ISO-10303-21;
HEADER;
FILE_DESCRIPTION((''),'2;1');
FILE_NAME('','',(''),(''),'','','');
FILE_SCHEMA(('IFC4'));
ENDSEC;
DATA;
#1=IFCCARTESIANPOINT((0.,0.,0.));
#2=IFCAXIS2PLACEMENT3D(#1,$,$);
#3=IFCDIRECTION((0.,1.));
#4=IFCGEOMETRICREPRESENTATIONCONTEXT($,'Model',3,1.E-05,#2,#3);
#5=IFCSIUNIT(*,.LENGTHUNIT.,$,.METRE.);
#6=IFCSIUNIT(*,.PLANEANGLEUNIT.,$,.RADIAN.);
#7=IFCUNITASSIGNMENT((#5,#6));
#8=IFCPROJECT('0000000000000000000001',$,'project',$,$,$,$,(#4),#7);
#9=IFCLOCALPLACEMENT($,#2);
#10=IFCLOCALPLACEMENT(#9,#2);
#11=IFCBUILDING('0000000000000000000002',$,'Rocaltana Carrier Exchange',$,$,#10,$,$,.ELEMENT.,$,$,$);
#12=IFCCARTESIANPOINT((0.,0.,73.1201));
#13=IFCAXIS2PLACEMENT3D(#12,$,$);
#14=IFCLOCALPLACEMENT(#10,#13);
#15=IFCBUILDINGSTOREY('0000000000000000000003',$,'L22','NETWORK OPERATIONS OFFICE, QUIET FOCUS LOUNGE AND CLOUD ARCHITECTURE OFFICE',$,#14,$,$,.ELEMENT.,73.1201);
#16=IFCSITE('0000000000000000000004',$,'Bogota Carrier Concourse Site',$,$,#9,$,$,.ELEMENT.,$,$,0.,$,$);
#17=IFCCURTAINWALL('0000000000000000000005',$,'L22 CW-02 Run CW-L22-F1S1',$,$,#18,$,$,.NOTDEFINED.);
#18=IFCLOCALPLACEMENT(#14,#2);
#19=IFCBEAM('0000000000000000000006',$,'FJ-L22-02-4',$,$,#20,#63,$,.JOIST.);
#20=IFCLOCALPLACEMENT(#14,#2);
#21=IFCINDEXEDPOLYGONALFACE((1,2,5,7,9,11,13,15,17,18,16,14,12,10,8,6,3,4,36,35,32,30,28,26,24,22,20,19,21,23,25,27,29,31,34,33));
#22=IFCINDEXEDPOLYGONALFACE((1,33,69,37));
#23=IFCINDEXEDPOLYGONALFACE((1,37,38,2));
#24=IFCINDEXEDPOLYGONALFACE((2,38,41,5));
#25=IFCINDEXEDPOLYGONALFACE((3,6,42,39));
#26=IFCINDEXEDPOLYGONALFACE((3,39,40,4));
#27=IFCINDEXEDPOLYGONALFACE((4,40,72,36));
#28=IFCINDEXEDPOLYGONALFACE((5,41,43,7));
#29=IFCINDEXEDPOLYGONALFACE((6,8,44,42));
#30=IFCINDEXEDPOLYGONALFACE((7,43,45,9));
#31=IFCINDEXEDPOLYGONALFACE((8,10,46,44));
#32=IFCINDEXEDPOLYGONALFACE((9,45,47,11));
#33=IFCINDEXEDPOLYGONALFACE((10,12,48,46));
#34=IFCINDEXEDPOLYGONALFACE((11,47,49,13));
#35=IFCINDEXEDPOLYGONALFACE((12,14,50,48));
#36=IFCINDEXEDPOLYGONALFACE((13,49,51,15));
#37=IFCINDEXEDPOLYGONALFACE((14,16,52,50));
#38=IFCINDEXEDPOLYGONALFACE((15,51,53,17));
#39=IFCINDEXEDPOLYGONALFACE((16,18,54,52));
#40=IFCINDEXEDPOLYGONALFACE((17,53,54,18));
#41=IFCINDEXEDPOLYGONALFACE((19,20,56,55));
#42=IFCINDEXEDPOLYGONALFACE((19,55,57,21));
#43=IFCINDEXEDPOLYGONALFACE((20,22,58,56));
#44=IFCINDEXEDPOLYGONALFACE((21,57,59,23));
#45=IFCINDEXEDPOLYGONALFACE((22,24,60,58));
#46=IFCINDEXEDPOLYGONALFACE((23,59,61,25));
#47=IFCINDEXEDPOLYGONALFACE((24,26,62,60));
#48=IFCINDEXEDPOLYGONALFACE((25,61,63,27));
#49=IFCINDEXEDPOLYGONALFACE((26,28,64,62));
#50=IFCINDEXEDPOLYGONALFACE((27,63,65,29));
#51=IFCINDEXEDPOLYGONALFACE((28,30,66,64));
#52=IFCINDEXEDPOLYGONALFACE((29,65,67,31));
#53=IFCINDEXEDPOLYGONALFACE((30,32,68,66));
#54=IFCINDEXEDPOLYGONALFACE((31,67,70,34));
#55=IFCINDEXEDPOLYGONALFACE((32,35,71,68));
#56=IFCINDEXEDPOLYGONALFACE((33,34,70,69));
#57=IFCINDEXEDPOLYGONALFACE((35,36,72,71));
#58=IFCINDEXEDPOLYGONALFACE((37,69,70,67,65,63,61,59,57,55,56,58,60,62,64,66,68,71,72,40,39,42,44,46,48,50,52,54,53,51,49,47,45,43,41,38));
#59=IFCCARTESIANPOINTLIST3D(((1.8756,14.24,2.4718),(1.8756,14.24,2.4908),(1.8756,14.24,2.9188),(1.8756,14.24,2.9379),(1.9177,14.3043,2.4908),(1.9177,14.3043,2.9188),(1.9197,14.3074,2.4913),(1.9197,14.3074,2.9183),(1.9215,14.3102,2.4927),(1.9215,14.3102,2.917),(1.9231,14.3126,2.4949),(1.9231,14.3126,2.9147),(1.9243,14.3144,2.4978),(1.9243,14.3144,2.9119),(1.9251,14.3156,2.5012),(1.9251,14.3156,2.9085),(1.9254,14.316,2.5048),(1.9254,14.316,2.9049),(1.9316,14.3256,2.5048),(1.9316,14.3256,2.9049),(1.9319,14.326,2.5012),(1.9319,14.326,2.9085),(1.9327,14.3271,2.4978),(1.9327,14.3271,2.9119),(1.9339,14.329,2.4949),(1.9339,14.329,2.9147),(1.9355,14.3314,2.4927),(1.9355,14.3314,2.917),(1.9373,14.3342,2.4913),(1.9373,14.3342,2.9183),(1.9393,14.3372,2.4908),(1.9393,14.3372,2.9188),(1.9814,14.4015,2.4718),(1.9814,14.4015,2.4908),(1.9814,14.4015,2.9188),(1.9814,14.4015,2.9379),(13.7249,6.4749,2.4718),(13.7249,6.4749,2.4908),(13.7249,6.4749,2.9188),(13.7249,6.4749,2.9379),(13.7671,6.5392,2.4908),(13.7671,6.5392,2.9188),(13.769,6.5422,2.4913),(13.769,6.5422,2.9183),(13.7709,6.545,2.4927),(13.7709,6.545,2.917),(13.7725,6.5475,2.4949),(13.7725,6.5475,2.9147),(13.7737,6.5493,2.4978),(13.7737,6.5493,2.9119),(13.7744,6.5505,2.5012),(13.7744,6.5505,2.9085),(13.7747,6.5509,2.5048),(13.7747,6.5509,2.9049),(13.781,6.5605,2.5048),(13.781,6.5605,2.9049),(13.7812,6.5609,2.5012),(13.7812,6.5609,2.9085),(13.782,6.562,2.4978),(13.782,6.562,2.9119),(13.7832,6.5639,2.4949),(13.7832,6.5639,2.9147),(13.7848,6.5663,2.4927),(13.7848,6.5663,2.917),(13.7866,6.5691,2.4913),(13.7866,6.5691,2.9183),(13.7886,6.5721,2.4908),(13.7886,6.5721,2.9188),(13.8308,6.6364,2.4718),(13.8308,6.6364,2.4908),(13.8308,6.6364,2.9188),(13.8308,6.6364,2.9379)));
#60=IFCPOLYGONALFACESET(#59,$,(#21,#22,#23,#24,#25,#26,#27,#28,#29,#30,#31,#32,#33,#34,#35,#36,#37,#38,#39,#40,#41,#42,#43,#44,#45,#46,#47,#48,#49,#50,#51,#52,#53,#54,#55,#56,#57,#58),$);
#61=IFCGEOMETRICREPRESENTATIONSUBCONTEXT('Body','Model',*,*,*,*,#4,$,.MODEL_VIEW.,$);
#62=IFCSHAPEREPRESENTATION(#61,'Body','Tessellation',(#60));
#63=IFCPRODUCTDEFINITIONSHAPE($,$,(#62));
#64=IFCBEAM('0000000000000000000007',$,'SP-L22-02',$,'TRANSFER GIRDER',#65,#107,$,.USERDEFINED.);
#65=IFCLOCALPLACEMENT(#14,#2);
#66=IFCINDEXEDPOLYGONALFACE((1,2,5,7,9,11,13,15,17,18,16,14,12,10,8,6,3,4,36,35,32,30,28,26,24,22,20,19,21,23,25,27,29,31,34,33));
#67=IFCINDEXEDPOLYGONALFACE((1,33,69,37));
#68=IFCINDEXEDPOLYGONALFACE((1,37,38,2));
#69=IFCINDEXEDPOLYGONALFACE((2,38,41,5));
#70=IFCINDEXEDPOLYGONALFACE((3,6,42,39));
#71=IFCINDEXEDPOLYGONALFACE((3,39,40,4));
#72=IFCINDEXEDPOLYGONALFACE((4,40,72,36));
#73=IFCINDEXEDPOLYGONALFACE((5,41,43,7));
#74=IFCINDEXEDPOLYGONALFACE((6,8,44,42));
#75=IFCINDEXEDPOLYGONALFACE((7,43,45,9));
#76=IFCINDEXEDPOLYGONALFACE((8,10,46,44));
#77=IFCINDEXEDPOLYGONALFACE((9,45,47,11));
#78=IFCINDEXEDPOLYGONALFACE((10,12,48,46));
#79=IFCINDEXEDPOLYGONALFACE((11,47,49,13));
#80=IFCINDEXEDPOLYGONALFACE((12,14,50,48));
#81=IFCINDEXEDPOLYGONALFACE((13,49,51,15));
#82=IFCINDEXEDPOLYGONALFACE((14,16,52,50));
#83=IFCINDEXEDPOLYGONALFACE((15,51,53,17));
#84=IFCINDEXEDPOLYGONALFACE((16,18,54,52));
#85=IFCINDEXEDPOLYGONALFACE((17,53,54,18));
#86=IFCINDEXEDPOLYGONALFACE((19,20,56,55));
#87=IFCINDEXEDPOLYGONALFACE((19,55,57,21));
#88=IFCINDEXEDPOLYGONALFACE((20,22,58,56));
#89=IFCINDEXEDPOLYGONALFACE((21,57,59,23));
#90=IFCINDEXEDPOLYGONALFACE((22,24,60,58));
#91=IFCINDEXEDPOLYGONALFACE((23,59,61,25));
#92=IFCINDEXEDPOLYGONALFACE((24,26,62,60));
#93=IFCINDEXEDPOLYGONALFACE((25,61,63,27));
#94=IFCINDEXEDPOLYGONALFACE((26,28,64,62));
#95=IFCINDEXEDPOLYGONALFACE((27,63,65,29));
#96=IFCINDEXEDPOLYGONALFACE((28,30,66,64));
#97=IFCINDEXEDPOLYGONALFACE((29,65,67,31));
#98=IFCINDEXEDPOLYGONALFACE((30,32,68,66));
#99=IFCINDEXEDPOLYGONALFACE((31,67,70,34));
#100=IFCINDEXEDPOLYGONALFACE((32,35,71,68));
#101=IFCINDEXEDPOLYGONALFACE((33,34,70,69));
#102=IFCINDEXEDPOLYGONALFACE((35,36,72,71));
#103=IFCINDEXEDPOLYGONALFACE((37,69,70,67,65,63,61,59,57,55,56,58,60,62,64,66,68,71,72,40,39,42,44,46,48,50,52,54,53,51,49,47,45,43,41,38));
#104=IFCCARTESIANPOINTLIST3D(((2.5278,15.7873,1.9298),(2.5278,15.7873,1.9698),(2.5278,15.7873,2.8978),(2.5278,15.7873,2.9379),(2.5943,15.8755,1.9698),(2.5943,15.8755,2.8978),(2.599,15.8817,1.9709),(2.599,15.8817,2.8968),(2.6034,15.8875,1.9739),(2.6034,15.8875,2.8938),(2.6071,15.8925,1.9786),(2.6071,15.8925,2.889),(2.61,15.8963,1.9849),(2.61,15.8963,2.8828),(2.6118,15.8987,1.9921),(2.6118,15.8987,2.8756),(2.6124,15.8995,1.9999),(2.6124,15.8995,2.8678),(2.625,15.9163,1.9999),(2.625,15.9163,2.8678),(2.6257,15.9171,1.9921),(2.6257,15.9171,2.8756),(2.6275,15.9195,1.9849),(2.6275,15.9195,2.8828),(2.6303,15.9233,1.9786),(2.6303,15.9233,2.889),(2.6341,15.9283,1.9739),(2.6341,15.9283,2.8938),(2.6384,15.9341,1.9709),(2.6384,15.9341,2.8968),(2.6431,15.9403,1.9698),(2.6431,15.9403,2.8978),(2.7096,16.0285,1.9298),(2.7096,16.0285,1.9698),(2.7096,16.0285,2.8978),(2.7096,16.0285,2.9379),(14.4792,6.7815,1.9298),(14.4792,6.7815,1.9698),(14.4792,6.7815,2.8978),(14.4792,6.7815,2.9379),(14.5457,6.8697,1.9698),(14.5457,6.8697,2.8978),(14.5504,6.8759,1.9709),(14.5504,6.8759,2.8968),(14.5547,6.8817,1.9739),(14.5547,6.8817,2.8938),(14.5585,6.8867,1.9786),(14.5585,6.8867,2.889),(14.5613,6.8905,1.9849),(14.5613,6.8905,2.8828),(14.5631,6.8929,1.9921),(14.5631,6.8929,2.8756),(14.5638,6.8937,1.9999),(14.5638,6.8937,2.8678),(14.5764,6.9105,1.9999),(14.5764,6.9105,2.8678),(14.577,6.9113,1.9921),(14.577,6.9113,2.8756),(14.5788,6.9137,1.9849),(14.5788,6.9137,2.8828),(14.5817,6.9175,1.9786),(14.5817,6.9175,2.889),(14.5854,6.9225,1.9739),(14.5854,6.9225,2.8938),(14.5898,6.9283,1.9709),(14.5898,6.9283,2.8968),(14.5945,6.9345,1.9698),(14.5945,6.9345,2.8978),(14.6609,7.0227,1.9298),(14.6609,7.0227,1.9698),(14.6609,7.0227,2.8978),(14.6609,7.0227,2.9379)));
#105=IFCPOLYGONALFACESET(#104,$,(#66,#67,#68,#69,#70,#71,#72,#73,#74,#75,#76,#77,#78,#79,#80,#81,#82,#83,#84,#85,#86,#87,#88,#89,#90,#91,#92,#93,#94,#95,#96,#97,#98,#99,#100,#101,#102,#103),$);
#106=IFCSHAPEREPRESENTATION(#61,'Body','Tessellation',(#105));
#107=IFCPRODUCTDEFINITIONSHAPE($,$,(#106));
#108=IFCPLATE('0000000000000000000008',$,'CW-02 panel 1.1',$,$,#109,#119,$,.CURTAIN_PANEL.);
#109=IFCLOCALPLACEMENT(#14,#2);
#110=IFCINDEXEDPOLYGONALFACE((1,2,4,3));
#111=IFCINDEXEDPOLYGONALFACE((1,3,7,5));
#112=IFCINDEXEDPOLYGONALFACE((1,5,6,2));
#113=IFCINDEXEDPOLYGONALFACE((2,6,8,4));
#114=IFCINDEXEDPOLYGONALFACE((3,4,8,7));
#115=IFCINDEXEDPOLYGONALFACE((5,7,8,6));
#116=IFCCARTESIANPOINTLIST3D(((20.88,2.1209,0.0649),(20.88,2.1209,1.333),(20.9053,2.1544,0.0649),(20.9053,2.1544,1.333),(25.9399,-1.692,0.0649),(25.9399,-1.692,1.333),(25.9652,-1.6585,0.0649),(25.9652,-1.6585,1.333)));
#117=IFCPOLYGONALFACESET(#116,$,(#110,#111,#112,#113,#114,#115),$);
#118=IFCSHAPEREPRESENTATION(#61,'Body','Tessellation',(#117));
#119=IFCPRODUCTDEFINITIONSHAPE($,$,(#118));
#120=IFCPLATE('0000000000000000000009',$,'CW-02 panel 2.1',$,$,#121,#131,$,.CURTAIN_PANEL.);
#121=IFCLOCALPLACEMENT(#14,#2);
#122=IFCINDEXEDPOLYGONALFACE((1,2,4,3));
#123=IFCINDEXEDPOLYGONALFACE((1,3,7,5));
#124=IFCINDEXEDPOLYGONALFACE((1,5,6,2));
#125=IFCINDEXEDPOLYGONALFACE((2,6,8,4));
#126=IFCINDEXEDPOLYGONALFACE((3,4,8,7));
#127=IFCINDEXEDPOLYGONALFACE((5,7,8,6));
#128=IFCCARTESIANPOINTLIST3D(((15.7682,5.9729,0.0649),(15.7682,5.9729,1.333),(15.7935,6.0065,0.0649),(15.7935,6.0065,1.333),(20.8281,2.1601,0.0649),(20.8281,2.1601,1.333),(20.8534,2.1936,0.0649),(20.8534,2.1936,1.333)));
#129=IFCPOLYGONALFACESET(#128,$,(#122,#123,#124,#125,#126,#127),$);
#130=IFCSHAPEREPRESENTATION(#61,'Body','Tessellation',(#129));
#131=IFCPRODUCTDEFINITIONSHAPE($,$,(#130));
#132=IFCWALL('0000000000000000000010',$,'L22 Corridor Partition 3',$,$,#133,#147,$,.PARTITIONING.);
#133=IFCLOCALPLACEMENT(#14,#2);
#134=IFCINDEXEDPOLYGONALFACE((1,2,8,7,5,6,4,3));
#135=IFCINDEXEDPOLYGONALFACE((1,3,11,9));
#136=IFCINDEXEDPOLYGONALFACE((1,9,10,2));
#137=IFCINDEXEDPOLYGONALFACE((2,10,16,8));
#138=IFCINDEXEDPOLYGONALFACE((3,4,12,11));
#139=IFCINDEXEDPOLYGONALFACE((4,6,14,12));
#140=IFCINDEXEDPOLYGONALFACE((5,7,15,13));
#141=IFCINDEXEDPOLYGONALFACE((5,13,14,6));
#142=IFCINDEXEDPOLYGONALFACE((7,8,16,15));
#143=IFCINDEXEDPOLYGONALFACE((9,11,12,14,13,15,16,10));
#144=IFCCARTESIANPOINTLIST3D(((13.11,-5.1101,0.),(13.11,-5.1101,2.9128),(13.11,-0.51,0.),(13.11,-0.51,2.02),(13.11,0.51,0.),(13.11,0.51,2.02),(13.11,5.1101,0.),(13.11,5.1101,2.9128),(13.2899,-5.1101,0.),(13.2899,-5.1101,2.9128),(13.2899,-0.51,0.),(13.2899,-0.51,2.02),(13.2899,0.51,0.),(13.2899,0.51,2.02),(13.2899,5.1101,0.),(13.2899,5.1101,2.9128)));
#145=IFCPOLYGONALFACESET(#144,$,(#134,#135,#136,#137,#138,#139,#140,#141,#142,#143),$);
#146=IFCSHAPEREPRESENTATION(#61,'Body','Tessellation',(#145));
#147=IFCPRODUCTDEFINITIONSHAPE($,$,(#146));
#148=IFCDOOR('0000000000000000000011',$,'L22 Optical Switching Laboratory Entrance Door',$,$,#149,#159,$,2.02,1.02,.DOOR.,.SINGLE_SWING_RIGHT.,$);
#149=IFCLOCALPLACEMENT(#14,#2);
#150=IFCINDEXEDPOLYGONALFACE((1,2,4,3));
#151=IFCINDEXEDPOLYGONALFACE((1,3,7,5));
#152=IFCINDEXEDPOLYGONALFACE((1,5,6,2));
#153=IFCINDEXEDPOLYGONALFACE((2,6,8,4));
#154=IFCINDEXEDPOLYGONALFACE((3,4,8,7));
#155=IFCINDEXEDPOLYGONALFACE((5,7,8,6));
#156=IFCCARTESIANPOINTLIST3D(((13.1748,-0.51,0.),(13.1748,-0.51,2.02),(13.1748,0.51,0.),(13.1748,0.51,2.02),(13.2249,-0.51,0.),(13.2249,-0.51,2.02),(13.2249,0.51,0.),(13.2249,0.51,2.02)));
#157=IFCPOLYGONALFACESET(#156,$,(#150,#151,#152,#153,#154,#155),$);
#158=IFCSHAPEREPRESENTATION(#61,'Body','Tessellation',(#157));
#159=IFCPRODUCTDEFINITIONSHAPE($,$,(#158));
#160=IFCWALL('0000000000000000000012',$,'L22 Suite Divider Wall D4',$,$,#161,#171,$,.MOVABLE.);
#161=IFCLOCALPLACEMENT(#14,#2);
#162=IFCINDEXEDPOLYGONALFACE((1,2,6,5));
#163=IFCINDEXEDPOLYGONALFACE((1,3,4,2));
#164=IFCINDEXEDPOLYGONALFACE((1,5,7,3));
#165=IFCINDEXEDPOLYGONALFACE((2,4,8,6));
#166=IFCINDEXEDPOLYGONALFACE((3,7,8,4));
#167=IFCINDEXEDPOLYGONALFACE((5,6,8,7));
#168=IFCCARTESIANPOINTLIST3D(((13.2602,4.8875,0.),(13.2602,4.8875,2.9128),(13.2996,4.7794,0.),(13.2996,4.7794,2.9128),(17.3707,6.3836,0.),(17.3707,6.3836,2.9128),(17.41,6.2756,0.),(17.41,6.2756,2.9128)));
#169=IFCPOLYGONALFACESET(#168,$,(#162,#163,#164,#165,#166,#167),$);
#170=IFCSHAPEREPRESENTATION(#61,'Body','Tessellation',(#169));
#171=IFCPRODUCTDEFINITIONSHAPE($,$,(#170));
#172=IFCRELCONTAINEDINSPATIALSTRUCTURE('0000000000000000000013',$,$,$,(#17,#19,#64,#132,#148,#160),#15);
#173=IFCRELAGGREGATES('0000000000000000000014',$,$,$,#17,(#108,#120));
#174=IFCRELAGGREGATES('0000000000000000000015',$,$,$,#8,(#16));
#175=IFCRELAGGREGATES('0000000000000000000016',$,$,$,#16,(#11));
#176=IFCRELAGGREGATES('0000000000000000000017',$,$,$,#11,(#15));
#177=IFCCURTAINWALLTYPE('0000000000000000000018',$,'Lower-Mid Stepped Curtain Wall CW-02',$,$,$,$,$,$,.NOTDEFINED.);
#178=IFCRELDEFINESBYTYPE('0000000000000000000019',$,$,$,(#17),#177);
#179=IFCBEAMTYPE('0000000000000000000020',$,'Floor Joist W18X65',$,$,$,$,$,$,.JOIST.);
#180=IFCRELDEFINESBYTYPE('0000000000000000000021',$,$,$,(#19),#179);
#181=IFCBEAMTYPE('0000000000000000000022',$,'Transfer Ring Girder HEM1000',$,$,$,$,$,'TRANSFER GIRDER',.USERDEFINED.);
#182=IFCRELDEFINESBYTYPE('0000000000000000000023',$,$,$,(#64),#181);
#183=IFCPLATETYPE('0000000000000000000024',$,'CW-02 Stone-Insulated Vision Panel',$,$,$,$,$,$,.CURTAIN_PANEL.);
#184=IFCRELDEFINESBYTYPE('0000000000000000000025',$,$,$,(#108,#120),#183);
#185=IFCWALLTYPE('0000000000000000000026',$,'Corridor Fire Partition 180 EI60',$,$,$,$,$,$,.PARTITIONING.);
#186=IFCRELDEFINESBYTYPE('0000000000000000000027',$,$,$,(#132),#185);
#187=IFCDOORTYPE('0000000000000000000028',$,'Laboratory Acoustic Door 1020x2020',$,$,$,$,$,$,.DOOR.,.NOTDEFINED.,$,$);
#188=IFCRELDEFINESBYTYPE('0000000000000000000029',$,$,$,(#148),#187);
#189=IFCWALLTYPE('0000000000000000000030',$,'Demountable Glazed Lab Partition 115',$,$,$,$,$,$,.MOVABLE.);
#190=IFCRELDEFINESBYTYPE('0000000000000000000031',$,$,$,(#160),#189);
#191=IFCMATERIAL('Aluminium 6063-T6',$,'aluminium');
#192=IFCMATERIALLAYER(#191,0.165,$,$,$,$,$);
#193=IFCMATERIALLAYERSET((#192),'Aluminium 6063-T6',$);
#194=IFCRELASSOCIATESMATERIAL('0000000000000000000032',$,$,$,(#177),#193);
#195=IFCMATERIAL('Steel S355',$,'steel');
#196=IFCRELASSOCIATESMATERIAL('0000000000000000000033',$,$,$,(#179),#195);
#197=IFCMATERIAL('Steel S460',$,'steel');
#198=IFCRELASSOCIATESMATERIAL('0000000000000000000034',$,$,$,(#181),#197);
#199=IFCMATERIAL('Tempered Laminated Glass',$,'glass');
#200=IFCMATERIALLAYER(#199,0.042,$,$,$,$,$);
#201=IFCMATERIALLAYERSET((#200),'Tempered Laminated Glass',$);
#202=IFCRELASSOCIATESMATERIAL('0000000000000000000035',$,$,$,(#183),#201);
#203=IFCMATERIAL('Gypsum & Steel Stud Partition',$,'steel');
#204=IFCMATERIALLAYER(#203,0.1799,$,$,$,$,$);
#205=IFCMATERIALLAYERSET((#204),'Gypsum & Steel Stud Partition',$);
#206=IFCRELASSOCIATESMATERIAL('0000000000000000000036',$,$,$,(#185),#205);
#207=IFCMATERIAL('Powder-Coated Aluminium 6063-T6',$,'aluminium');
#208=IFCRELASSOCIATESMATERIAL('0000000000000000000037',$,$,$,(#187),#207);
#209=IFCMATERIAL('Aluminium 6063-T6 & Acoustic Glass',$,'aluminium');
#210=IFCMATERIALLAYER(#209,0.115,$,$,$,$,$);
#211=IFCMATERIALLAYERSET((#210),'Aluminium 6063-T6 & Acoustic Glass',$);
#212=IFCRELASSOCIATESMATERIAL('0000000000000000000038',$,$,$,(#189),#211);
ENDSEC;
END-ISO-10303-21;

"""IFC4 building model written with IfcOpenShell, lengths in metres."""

from ifc_helpers import new_model, si_unit, direction, frame, frame_2d, origin, origin_2d, place, context, subcontext, project, spatial, rectangle, i_section, extrude, material, layer, layer_set, material_profile, profile_set, type_object, element, fill, aggregate, save


model = new_model("IFC4")

# Units and contexts
model_context = context("Model", 3, precision=1e-05, world=origin(), true_north=direction((0.0, 1.0)))
body_context = subcontext(model_context, "Body", "Model", "MODEL_VIEW")
ifc_project = project(units=[si_unit("LENGTHUNIT", "METRE"), si_unit("PLANEANGLEUNIT", "RADIAN")], contexts=[model_context])

# Site, building, storey
site_placement = place(None, origin())
site = spatial("IfcSite", under=ifc_project, at=site_placement, Name="Bogota Carrier Concourse Site", CompositionType="ELEMENT", RefElevation=0.0)
building_placement = place(site_placement, origin())
building = spatial("IfcBuilding", under=site, at=building_placement, Name="Rocaltana Carrier Exchange", CompositionType="ELEMENT")
storey_placement = place(building_placement, frame((0.0, 0.0, 73.1201)))
storey = spatial("IfcBuildingStorey", under=building, at=storey_placement, Name="L22", Description="NETWORK OPERATIONS OFFICE, QUIET FOCUS LOUNGE AND CLOUD ARCHITECTURE OFFICE", CompositionType="ELEMENT", Elevation=73.1201)

# Curtain wall
ifc_material_1 = material(Name="Aluminium 6063-T6", Category="aluminium")
ifc_layer_1 = layer(ifc_material_1, 0.165)
ifc_layer_set_1 = layer_set([ifc_layer_1], Name="Aluminium 6063-T6")
curtain_wall_type = type_object("IfcCurtainWallType", Name="Lower-Mid Stepped Curtain Wall CW-02", PredefinedType="NOTDEFINED", material=ifc_layer_set_1)
curtain_wall_1_placement = place(storey_placement, origin())
curtain_wall_1 = element("IfcCurtainWall", 1, at=curtain_wall_1_placement, inside=storey, type_object=curtain_wall_type, Name="L22 CW-02 Run CW-L22-F1S1", PredefinedType="NOTDEFINED")

# Beams
ifc_material_2 = material(Name="Steel S355", Category="steel")
ifc_material_profile_1 = material_profile(ifc_material_2, i_section(OverallWidth=0.1931, OverallDepth=0.4661, WebThickness=0.0115, FlangeThickness=0.019, FilletRadius=0.0139, at=origin_2d()), Name="W18X65")
ifc_profile_set_1 = profile_set([ifc_material_profile_1], Name="Steel S355")
beam_type_1 = type_object("IfcBeamType", Name="Floor Joist W18X65", PredefinedType="JOIST", material=ifc_profile_set_1)
beam_1_placement = place(storey_placement, frame((13.7778, 6.5557, 2.7048), z_axis=(-0.836404, 0.548113, 0.0), x_axis=(-0.548113, -0.836404, 0.0)))
element("IfcBeam", 2, at=beam_1_placement, inside=storey, type_object=beam_type_1, Name="FJ-L22-02-4", PredefinedType="JOIST", context=body_context, shape_type="SweptSolid", body=[
    extrude(i_section(OverallWidth=0.1931, OverallDepth=0.4661, WebThickness=0.0115, FlangeThickness=0.019, FilletRadius=0.0139, at=origin_2d()), origin(), (0.0, 0.0, 1.0), 14.167),
])
ifc_material_3 = material(Name="Steel S460", Category="steel")
ifc_material_profile_2 = material_profile(ifc_material_3, i_section(OverallWidth=0.302, OverallDepth=1.0081, WebThickness=0.021, FlangeThickness=0.04, FilletRadius=0.03, at=origin_2d()), Name="HEM1000")
ifc_profile_set_2 = profile_set([ifc_material_profile_2], Name="Steel S460")
beam_type_2 = type_object("IfcBeamType", Name="Transfer Ring Girder HEM1000", ElementType="TRANSFER GIRDER", PredefinedType="USERDEFINED", material=ifc_profile_set_2)
beam_2_placement = place(storey_placement, frame((14.5701, 6.9021, 2.4338), z_axis=(-0.798641, 0.601807, 0.0), x_axis=(-0.601807, -0.798641, 0.0)))
element("IfcBeam", 3, at=beam_2_placement, inside=storey, type_object=beam_type_2, Name="SP-L22-02", ObjectType="TRANSFER GIRDER", PredefinedType="USERDEFINED", context=body_context, shape_type="SweptSolid", body=[
    extrude(i_section(OverallWidth=0.302, OverallDepth=1.0081, WebThickness=0.021, FlangeThickness=0.04, FilletRadius=0.03, at=origin_2d()), origin(), (0.0, 0.0, 1.0), 14.9646),
])

# Plates
ifc_material_4 = material(Name="Tempered Laminated Glass", Category="glass")
ifc_layer_2 = layer(ifc_material_4, 0.042)
ifc_layer_set_2 = layer_set([ifc_layer_2], Name="Tempered Laminated Glass")
plate_type = type_object("IfcPlateType", Name="CW-02 Stone-Insulated Vision Panel", PredefinedType="CURTAIN_PANEL", material=ifc_layer_set_2)
plate_1_placement = place(storey_placement, frame((23.4226, 0.2312, 0.0649), z_axis=(0.0, 0.0, 1.0), x_axis=(-0.798642, 0.601807, 0.0)))
plate_1 = element("IfcPlate", 4, at=plate_1_placement, type_object=plate_type, Name="CW-02 panel 1.1", PredefinedType="CURTAIN_PANEL", context=body_context, shape_type="SweptSolid", body=[
    extrude(rectangle(XDim=6.3357, YDim=0.042, at=origin_2d()), origin(), (0.0, 0.0, 1.0), 1.2681),
])
plate_2_placement = place(storey_placement, frame((18.3108, 4.0833, 0.0649), z_axis=(0.0, 0.0, 1.0), x_axis=(-0.798642, 0.601807, 0.0)))
plate_2 = element("IfcPlate", 5, at=plate_2_placement, type_object=plate_type, Name="CW-02 panel 2.1", PredefinedType="CURTAIN_PANEL", context=body_context, shape_type="SweptSolid", body=[
    extrude(rectangle(XDim=6.3357, YDim=0.042, at=origin_2d()), origin(), (0.0, 0.0, 1.0), 1.2681),
])
aggregate(curtain_wall_1, [plate_1, plate_2])

# Wall, opening, door
ifc_material_5 = material(Name="Gypsum & Steel Stud Partition", Category="steel")
ifc_layer_3 = layer(ifc_material_5, 0.1799)
ifc_layer_set_3 = layer_set([ifc_layer_3], Name="Gypsum & Steel Stud Partition")
wall_type_1 = type_object("IfcWallType", Name="Corridor Fire Partition 180 EI60", PredefinedType="PARTITIONING", material=ifc_layer_set_3)
wall_1_placement = place(storey_placement, frame((13.2, 5.1101, 0.0), z_axis=(0.0, 0.0, 1.0), x_axis=(0.0, -1.0, 0.0)))
wall_1 = element("IfcWall", 6, at=wall_1_placement, inside=storey, type_object=wall_type_1, Name="L22 Corridor Partition 3", PredefinedType="PARTITIONING", context=body_context, shape_type="SweptSolid", body=[
    extrude(rectangle(XDim=10.2202, YDim=0.1799, at=frame_2d((5.1101, 0.0))), origin(), (0.0, 0.0, 1.0), 2.9128),
])
opening_placement = place(wall_1_placement, frame((4.6001, 0.0, 0.0)))
opening = element("IfcOpeningElement", 7, at=opening_placement, cuts=wall_1, PredefinedType="OPENING", context=body_context, shape_type="SweptSolid", body=[
    extrude(rectangle(XDim=1.02, YDim=2.02, at=frame_2d((0.51, 1.01))), frame((0.0, 0.0999, 0.0), z_axis=(0.0, -1.0, 0.0), x_axis=(1.0, 0.0, 0.0)), (0.0, 0.0, 1.0), 0.2),
])
ifc_material_6 = material(Name="Powder-Coated Aluminium 6063-T6", Category="aluminium")
door_type = type_object("IfcDoorType", Name="Laboratory Acoustic Door 1020x2020", OperationType="NOTDEFINED", PredefinedType="DOOR", material=ifc_material_6)
door_placement = place(opening_placement, origin())
door = element("IfcDoor", 8, at=door_placement, inside=storey, type_object=door_type, Name="L22 Optical Switching Laboratory Entrance Door", OperationType="SINGLE_SWING_RIGHT", OverallHeight=2.02, OverallWidth=1.02, PredefinedType="DOOR", context=body_context, shape_type="SweptSolid", body=[
    extrude(rectangle(XDim=1.02, YDim=2.02, at=frame_2d((0.51, 1.01))), frame((0.0, 0.0249, 0.0), z_axis=(0.0, -1.0, 0.0), x_axis=(1.0, 0.0, 0.0)), (0.0, 0.0, 1.0), 0.05),
])
fill(opening, door)

# Wall
ifc_material_7 = material(Name="Aluminium 6063-T6 & Acoustic Glass", Category="aluminium")
ifc_layer_4 = layer(ifc_material_7, 0.115)
ifc_layer_set_4 = layer_set([ifc_layer_4], Name="Aluminium 6063-T6 & Acoustic Glass")
wall_type_2 = type_object("IfcWallType", Name="Demountable Glazed Lab Partition 115", PredefinedType="MOVABLE", material=ifc_layer_set_4)
wall_2_placement = place(storey_placement, frame((13.28, 4.8335, 0.0), z_axis=(0.0, 0.0, 1.0), x_axis=(0.939689, 0.34203, 0.0)))
element("IfcWall", 9, at=wall_2_placement, inside=storey, type_object=wall_type_2, Name="L22 Suite Divider Wall D4", PredefinedType="MOVABLE", context=body_context, shape_type="SweptSolid", body=[
    extrude(rectangle(XDim=4.3743, YDim=0.115, at=frame_2d((2.187, 0.0))), origin(), (0.0, 0.0, 1.0), 2.9128),
])

save(model, "model.ifc")
